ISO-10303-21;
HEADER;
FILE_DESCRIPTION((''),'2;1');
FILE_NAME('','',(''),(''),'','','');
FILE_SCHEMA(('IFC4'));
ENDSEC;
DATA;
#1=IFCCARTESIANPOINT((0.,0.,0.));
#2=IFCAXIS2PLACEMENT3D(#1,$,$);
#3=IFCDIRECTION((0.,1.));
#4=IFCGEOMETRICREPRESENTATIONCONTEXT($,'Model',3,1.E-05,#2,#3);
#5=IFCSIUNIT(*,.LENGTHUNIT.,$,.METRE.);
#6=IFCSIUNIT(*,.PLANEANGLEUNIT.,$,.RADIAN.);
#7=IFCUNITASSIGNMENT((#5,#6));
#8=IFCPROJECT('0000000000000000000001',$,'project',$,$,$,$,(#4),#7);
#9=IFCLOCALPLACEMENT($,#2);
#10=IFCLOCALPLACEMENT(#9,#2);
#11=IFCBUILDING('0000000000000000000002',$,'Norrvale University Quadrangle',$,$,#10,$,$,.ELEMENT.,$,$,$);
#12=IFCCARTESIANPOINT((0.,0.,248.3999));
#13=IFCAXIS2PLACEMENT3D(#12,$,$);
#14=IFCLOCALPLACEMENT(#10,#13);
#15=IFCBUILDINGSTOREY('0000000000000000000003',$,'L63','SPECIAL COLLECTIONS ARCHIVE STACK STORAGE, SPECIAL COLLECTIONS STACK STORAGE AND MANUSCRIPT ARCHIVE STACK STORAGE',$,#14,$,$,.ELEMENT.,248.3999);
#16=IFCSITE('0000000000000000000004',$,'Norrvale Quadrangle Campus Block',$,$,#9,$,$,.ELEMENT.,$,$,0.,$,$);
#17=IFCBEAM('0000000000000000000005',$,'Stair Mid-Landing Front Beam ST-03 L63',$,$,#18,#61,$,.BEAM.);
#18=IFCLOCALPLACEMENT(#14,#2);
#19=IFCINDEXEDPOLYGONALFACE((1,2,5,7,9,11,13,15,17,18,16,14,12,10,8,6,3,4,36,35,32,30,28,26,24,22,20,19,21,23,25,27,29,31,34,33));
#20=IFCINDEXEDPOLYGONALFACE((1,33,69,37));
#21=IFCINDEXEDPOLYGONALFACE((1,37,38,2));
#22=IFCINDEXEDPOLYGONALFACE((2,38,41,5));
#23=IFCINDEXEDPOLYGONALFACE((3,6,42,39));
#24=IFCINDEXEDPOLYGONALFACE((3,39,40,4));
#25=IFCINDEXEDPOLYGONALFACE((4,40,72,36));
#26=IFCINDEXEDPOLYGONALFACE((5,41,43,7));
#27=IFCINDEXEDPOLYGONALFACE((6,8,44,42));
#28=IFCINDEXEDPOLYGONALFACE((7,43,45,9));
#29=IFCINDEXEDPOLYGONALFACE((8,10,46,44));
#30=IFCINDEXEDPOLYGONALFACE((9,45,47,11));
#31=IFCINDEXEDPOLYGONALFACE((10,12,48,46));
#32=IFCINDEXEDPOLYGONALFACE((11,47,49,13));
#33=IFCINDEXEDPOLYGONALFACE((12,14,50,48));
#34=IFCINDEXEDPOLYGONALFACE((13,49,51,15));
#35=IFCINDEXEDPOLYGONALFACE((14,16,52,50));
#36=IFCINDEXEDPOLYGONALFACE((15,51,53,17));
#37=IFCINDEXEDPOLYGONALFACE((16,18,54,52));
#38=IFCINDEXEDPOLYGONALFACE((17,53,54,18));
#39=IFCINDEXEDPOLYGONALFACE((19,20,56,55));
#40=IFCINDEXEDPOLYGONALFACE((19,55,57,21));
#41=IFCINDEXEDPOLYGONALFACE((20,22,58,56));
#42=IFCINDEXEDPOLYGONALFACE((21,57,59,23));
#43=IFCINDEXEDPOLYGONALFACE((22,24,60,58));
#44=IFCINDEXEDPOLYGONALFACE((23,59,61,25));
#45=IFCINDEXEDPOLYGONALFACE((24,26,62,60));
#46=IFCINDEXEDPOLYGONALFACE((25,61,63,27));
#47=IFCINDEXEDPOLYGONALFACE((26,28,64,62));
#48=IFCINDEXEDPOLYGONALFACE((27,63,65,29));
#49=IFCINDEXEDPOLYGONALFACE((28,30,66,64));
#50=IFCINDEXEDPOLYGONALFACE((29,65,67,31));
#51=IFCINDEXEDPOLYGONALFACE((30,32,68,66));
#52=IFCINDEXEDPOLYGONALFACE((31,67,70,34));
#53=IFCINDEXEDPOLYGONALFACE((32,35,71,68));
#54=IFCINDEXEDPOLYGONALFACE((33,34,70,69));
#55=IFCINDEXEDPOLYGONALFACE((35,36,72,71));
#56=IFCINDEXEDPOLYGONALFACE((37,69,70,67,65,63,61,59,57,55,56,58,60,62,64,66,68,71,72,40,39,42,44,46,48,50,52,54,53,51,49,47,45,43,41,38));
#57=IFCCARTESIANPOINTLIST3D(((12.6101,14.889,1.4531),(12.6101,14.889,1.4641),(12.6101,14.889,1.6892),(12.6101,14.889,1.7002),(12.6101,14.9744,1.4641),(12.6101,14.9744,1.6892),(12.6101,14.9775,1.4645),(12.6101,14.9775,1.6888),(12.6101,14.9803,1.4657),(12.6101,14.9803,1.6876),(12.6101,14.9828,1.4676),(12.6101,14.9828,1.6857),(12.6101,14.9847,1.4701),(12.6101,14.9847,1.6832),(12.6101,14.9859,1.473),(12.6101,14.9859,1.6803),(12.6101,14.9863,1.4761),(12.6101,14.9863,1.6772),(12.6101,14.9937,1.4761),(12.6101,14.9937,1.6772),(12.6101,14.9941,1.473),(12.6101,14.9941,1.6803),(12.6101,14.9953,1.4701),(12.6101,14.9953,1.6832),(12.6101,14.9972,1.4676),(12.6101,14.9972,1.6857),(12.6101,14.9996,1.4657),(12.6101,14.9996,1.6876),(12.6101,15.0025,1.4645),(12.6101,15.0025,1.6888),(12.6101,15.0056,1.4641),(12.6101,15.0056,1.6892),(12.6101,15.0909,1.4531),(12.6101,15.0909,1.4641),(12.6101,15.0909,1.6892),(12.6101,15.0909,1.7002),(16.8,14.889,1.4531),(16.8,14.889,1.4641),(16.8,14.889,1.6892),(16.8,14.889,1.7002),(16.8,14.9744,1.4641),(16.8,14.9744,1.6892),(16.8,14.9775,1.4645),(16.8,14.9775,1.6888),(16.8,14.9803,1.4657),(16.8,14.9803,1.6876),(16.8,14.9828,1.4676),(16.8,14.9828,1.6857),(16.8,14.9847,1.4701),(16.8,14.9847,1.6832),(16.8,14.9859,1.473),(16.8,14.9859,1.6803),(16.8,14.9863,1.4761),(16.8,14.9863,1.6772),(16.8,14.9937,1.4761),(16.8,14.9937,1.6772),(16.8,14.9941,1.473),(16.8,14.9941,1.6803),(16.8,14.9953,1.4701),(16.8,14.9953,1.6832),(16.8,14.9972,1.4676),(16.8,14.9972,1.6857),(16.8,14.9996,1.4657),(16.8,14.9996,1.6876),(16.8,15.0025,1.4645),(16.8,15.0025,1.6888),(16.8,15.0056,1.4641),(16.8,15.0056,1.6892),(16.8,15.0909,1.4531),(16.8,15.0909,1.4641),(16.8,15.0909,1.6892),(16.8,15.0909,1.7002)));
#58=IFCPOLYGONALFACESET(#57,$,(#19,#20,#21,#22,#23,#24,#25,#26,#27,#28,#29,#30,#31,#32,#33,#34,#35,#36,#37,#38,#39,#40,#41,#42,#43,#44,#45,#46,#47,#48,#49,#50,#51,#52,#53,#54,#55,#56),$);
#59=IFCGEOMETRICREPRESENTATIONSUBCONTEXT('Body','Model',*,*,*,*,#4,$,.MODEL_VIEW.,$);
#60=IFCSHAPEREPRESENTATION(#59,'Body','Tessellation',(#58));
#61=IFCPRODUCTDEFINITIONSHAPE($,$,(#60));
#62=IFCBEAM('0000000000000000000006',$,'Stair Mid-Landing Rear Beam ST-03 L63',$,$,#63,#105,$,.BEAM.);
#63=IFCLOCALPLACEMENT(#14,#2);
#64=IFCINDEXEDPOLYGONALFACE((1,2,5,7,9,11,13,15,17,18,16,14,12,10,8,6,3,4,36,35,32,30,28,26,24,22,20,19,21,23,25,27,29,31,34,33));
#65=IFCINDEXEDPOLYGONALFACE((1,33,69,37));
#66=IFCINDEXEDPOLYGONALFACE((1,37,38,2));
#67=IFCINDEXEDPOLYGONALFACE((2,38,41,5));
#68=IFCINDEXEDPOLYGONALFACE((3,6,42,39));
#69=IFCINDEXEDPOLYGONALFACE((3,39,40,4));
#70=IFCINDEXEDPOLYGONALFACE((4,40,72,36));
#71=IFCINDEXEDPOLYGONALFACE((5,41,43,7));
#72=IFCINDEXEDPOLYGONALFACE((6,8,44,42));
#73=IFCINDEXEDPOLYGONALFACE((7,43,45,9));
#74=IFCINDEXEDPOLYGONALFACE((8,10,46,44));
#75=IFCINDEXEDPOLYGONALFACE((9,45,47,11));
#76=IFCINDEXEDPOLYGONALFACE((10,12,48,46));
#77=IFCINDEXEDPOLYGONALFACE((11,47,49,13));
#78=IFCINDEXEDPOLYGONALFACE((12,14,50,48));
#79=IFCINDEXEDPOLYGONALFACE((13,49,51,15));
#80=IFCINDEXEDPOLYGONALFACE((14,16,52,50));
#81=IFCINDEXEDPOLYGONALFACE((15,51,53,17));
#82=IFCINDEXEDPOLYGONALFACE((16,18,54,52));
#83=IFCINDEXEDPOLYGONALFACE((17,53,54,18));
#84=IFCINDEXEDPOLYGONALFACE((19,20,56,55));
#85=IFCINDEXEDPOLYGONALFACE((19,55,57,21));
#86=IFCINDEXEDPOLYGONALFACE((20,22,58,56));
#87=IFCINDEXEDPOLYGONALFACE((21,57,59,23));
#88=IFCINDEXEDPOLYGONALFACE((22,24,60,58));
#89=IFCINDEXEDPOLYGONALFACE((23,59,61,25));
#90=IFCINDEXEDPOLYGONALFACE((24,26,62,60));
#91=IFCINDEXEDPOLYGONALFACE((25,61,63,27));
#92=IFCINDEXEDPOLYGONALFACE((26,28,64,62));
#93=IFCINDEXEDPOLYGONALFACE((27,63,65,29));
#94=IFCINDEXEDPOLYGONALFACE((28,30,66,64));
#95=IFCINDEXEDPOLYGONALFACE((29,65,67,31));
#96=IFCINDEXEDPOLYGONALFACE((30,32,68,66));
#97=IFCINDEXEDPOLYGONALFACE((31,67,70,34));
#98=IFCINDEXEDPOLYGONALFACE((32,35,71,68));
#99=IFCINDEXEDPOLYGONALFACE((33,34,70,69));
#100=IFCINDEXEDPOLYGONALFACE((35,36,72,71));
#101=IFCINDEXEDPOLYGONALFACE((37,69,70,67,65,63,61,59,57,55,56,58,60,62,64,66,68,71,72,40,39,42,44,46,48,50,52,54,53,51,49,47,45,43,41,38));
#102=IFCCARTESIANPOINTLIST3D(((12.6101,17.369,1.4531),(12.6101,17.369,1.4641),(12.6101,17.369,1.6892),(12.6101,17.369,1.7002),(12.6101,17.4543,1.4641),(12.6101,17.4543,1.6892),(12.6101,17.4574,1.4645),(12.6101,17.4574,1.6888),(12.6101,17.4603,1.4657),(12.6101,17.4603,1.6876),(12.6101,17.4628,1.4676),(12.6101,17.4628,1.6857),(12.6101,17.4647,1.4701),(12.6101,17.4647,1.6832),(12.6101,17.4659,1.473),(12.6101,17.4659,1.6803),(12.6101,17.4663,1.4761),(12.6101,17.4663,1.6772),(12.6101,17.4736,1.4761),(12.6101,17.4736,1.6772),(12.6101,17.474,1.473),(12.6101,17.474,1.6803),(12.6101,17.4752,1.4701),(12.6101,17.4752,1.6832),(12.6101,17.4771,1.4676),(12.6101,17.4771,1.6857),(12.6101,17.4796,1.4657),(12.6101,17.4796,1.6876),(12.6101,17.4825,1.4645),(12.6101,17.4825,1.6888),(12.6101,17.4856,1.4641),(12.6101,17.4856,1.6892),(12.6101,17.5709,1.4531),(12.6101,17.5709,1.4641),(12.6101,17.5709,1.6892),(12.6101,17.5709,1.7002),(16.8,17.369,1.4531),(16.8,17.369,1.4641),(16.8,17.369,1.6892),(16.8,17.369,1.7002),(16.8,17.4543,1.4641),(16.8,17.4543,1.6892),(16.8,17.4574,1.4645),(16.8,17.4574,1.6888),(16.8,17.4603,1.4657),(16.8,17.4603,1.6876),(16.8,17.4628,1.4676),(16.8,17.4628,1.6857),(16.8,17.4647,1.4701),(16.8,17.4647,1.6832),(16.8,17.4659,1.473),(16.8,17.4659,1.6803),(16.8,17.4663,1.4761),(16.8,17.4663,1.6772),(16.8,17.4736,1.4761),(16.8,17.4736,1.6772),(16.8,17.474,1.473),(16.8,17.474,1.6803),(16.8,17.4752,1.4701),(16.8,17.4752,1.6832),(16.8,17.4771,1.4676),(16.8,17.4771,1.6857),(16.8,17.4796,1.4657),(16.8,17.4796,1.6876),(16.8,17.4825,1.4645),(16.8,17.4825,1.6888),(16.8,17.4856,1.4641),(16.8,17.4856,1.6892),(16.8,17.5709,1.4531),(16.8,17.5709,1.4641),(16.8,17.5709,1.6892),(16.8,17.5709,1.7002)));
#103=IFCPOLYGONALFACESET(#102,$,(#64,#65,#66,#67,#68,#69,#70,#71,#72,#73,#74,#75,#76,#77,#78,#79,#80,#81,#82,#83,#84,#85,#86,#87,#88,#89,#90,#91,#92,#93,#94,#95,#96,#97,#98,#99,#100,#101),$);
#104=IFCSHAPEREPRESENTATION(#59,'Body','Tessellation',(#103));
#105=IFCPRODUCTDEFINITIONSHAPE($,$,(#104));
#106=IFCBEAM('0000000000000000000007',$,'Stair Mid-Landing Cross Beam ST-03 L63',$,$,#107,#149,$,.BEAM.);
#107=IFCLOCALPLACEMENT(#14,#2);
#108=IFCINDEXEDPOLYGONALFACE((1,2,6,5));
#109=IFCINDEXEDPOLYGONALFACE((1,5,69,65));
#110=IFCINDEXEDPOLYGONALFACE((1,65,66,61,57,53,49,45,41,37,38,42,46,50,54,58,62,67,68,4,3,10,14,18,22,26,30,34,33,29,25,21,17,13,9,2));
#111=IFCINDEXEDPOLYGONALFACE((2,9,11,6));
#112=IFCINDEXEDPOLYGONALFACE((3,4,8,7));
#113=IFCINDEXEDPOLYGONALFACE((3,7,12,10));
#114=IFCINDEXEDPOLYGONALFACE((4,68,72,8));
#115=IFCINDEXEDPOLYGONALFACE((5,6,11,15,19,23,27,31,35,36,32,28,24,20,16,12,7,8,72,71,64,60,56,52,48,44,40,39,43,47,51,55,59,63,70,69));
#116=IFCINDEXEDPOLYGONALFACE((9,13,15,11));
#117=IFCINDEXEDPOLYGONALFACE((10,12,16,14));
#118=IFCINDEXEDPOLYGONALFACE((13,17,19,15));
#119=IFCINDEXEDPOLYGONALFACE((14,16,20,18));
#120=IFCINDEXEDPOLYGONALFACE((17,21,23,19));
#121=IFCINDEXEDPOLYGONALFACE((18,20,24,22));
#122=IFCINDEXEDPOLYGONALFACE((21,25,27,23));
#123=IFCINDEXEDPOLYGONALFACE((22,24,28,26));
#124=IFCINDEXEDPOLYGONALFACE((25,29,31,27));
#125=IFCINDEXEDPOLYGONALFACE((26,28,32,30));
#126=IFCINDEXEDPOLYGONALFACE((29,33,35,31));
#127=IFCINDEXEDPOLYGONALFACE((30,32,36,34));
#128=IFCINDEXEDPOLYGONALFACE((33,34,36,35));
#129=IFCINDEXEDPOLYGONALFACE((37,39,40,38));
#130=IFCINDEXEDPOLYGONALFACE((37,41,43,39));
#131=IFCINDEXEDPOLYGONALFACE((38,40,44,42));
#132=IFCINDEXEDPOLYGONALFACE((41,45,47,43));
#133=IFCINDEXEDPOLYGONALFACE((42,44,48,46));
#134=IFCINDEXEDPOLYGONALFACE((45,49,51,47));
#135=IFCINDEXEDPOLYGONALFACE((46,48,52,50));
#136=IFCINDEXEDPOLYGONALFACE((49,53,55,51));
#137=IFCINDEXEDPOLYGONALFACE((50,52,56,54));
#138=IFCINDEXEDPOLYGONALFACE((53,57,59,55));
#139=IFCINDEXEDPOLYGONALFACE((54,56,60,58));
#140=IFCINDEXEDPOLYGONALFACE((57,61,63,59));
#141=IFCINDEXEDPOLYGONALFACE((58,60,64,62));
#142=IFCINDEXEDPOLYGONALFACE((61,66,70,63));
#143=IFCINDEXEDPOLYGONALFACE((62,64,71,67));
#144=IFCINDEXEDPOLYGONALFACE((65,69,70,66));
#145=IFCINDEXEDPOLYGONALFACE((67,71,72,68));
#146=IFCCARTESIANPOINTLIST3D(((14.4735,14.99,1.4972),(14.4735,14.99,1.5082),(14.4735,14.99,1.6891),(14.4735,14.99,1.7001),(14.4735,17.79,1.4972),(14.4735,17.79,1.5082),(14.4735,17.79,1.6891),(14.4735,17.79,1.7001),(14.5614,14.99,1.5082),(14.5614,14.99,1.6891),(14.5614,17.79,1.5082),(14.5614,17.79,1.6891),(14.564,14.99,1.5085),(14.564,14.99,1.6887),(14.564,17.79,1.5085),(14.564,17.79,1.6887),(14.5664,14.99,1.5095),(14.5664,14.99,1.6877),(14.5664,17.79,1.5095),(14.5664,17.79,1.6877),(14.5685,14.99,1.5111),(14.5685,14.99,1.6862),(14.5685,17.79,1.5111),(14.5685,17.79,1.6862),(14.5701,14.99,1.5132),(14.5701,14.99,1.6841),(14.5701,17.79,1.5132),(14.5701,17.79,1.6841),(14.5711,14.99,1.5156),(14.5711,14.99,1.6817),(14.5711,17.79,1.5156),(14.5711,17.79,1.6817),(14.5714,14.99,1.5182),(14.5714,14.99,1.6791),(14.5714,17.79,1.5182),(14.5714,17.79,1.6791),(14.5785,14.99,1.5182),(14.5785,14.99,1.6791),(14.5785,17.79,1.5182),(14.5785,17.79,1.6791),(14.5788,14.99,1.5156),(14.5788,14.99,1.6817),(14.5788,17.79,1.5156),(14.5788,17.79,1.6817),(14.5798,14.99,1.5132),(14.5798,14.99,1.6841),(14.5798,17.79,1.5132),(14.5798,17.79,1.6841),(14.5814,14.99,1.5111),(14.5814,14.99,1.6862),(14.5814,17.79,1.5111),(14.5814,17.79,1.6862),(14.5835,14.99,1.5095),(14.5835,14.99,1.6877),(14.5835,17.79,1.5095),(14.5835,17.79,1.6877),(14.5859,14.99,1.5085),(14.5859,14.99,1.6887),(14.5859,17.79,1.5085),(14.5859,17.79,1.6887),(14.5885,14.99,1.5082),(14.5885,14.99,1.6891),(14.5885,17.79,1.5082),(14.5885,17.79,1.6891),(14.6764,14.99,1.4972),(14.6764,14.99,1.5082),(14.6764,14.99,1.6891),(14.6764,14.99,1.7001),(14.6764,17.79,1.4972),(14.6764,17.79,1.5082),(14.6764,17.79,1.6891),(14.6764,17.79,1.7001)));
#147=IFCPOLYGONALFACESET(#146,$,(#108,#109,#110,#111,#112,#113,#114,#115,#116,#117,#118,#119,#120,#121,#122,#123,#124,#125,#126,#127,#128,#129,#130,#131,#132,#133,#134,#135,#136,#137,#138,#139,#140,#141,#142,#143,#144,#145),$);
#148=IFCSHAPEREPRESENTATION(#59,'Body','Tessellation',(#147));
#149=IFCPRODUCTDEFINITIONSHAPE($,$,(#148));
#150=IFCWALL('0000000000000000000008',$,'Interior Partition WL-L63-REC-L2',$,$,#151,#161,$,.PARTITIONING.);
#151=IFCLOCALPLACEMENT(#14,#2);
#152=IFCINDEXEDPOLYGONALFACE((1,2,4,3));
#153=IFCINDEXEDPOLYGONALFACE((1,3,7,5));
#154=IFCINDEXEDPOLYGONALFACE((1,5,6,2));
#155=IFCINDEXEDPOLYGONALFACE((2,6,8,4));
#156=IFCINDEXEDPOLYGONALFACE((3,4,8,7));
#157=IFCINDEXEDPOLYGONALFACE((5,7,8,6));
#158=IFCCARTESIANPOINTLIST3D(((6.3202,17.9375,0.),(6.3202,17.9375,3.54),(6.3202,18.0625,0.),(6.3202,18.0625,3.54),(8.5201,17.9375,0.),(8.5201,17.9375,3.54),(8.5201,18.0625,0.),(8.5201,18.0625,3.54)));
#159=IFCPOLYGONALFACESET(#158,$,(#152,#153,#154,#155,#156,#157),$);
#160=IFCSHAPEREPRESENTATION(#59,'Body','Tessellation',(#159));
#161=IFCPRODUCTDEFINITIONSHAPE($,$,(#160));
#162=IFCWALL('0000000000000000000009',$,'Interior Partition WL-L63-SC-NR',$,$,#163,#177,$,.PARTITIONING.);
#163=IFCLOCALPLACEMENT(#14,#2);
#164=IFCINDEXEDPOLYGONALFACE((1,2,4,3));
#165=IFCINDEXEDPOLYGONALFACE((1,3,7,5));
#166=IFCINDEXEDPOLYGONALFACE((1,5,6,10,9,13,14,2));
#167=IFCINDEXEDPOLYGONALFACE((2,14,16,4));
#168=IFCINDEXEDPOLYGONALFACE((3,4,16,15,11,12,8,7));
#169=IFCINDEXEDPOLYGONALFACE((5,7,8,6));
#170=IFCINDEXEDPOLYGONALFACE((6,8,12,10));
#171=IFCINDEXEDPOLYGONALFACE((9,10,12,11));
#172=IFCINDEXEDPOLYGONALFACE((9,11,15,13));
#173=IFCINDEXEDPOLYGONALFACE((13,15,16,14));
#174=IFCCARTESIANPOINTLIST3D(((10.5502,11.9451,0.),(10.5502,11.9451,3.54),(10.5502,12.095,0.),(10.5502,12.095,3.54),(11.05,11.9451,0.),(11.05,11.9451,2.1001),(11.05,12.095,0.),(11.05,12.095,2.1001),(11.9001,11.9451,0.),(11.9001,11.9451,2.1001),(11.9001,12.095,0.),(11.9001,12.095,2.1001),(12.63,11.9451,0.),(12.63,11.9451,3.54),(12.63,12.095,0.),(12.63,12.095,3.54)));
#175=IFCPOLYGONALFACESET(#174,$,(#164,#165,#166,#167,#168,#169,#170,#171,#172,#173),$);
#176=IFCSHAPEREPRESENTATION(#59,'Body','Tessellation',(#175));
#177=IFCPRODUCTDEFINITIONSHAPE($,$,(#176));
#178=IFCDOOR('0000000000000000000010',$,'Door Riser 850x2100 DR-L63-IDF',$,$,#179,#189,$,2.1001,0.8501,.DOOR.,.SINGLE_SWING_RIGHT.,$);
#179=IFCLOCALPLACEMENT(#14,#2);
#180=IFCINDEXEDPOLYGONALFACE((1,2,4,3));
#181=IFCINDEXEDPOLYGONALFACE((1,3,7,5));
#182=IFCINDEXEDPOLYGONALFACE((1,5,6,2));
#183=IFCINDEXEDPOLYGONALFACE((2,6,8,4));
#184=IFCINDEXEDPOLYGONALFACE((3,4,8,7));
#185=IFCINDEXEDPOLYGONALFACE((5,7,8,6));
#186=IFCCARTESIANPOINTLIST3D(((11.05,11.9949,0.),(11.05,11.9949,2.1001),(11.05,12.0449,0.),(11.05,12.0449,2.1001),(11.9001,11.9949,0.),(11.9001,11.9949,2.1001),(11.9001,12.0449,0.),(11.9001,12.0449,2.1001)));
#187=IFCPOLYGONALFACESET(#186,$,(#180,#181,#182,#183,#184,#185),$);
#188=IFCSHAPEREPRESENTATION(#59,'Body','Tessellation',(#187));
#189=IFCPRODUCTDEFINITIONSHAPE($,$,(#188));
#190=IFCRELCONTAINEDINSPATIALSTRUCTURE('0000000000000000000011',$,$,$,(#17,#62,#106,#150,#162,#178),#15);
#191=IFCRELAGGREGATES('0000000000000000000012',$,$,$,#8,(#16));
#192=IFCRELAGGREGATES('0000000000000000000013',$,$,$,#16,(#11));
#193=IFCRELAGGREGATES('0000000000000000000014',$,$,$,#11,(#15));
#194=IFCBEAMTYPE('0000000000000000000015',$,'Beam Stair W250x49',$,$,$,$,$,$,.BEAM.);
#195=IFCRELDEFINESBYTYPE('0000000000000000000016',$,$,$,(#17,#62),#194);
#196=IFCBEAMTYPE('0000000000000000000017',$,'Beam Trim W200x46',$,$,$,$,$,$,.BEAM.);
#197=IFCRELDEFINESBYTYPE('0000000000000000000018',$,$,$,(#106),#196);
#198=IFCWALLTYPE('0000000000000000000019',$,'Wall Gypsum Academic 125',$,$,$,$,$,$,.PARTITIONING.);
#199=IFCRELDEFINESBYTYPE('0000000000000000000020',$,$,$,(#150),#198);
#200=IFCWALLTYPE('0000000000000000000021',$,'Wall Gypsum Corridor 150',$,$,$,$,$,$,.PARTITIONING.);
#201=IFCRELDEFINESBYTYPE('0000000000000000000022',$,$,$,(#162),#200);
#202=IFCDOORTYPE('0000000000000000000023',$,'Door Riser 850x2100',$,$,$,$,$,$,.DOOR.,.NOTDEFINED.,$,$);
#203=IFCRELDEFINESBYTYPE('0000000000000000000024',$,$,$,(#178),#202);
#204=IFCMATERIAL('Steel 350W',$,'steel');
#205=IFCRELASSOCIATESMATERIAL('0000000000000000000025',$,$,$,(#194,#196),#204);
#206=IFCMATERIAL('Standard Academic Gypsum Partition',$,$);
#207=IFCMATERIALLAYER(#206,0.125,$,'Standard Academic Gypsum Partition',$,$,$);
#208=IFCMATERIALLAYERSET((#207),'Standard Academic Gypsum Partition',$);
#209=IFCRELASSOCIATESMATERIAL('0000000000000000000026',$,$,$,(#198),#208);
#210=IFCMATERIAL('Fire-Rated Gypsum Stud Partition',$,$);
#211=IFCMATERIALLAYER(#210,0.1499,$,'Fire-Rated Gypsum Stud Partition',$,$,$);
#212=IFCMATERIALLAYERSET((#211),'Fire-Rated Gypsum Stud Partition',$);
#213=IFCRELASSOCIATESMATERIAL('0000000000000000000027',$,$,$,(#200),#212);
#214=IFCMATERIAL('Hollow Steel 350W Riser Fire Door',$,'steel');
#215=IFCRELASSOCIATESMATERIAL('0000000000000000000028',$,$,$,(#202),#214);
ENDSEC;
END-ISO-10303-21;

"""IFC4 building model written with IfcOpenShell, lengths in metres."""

from ifc_helpers import new_model, si_unit, direction, frame, frame_2d, origin, origin_2d, place, context, subcontext, project, spatial, rectangle, i_section, extrude, material, layer, layer_set, material_profile, profile_set, type_object, element, fill, save


model = new_model("IFC4")

# Units and contexts
model_context = context("Model", 3, precision=1e-05, world=origin(), true_north=direction((0.0, 1.0)))
body_context = subcontext(model_context, "Body", "Model", "MODEL_VIEW")
ifc_project = project(units=[si_unit("LENGTHUNIT", "METRE"), si_unit("PLANEANGLEUNIT", "RADIAN")], contexts=[model_context])

# Site, building, storey
site_placement = place(None, origin())
site = spatial("IfcSite", under=ifc_project, at=site_placement, Name="Norrvale Quadrangle Campus Block", CompositionType="ELEMENT", RefElevation=0.0)
building_placement = place(site_placement, origin())
building = spatial("IfcBuilding", under=site, at=building_placement, Name="Norrvale University Quadrangle", CompositionType="ELEMENT")
storey_placement = place(building_placement, frame((0.0, 0.0, 248.3999)))
storey = spatial("IfcBuildingStorey", under=building, at=storey_placement, Name="L63", Description="SPECIAL COLLECTIONS ARCHIVE STACK STORAGE, SPECIAL COLLECTIONS STACK STORAGE AND MANUSCRIPT ARCHIVE STACK STORAGE", CompositionType="ELEMENT", Elevation=248.3999)

# Beams
ifc_material_1 = material(Name="Steel 350W", Category="steel")
ifc_material_profile_1 = material_profile(ifc_material_1, i_section(OverallWidth=0.2019, OverallDepth=0.2471, WebThickness=0.0073, FlangeThickness=0.011, FilletRadius=0.012, at=origin_2d()), Name="Steel 350W")
ifc_profile_set_1 = profile_set([ifc_material_profile_1], Name="Steel 350W")
beam_type_1 = type_object("IfcBeamType", Name="Beam Stair W250x49", PredefinedType="BEAM", material=ifc_profile_set_1)
for number, where, z_axis, x_axis, name in (
    (1, (12.6101, 14.99, 1.5767), (1.0, 0.0, 0.0), (0.0, 1.0, 0.0), "Stair Mid-Landing Front Beam ST-03 L63"),
    (2, (12.6101, 17.47, 1.5767), (1.0, 0.0, 0.0), (0.0, 1.0, 0.0), "Stair Mid-Landing Rear Beam ST-03 L63"),
):
    element("IfcBeam", number, at=place(storey_placement, frame(where, z_axis=z_axis, x_axis=x_axis)), inside=storey, type_object=beam_type_1, Name=name, PredefinedType="BEAM", context=body_context, shape_type="SweptSolid", body=[
        extrude(i_section(OverallWidth=0.2019, OverallDepth=0.2471, WebThickness=0.0073, FlangeThickness=0.011, FilletRadius=0.012, at=origin_2d()), origin(), (0.0, 0.0, 1.0), 4.1899),
    ])
ifc_material_profile_2 = material_profile(ifc_material_1, i_section(OverallWidth=0.2029, OverallDepth=0.2029, WebThickness=0.0071, FlangeThickness=0.011, FilletRadius=0.01, at=origin_2d()), Name="Steel 350W")
ifc_profile_set_2 = profile_set([ifc_material_profile_2], Name="Steel 350W")
beam_type_2 = type_object("IfcBeamType", Name="Beam Trim W200x46", PredefinedType="BEAM", material=ifc_profile_set_2)
beam_placement = place(storey_placement, frame((14.575, 14.99, 1.5986), z_axis=(0.0, 1.0, 0.0), x_axis=(-1.0, 0.0, 0.0)))
element("IfcBeam", 3, at=beam_placement, inside=storey, type_object=beam_type_2, Name="Stair Mid-Landing Cross Beam ST-03 L63", PredefinedType="BEAM", context=body_context, shape_type="SweptSolid", body=[
    extrude(i_section(OverallWidth=0.2029, OverallDepth=0.2029, WebThickness=0.0071, FlangeThickness=0.011, FilletRadius=0.01, at=origin_2d()), origin(), (0.0, 0.0, 1.0), 2.8),
])

# Wall
ifc_material_2 = material(Name="Standard Academic Gypsum Partition")
ifc_layer_1 = layer(ifc_material_2, 0.125, Name="Standard Academic Gypsum Partition")
ifc_layer_set_1 = layer_set([ifc_layer_1], Name="Standard Academic Gypsum Partition")
wall_type_1 = type_object("IfcWallType", Name="Wall Gypsum Academic 125", PredefinedType="PARTITIONING", material=ifc_layer_set_1)
wall_1_placement = place(storey_placement, frame((6.3201, 18.0, 0.0), z_axis=(0.0, 0.0, 1.0), x_axis=(1.0, 0.0, 0.0)))
element("IfcWall", 4, at=wall_1_placement, inside=storey, type_object=wall_type_1, Name="Interior Partition WL-L63-REC-L2", PredefinedType="PARTITIONING", context=body_context, shape_type="SweptSolid", body=[
    extrude(rectangle(XDim=2.2, YDim=0.125, at=frame_2d((1.1001, 0.0))), origin(), (0.0, 0.0, 1.0), 3.54),
])

# Wall, opening, door
ifc_material_3 = material(Name="Fire-Rated Gypsum Stud Partition")
ifc_layer_2 = layer(ifc_material_3, 0.1499, Name="Fire-Rated Gypsum Stud Partition")
ifc_layer_set_2 = layer_set([ifc_layer_2], Name="Fire-Rated Gypsum Stud Partition")
wall_type_2 = type_object("IfcWallType", Name="Wall Gypsum Corridor 150", PredefinedType="PARTITIONING", material=ifc_layer_set_2)
wall_2_placement = place(storey_placement, frame((10.55, 12.02, 0.0), z_axis=(0.0, 0.0, 1.0), x_axis=(1.0, 0.0, 0.0)))
wall_2 = element("IfcWall", 5, at=wall_2_placement, inside=storey, type_object=wall_type_2, Name="Interior Partition WL-L63-SC-NR", PredefinedType="PARTITIONING", context=body_context, shape_type="SweptSolid", body=[
    extrude(rectangle(XDim=2.0798, YDim=0.1499, at=frame_2d((1.04, 0.0))), origin(), (0.0, 0.0, 1.0), 3.54),
])
opening_1_placement = place(wall_2_placement, frame((0.5, 0.0, 0.0)))
opening_1 = element("IfcOpeningElement", 6, at=opening_1_placement, cuts=wall_2, PredefinedType="OPENING", context=body_context, shape_type="SweptSolid", body=[
    extrude(rectangle(XDim=0.8501, YDim=2.1001, at=frame_2d((0.425, 1.05))), frame((0.0, 0.0869, 0.0), z_axis=(0.0, -1.0, 0.0), x_axis=(1.0, 0.0, 0.0)), (0.0, 0.0, 1.0), 0.1738),
])
ifc_material_4 = material(Name="Hollow Steel 350W Riser Fire Door", Category="steel")
door_type_1 = type_object("IfcDoorType", Name="Door Riser 850x2100", OperationType="NOTDEFINED", PredefinedType="DOOR", material=ifc_material_4)
door_1_placement = place(opening_1_placement, origin())
door_1 = element("IfcDoor", 7, at=door_1_placement, inside=storey, type_object=door_type_1, Name="Door Riser 850x2100 DR-L63-IDF", OperationType="SINGLE_SWING_RIGHT", OverallHeight=2.1001, OverallWidth=0.8501, PredefinedType="DOOR", context=body_context, shape_type="SweptSolid", body=[
    extrude(rectangle(XDim=0.8501, YDim=2.1001, at=frame_2d((0.425, 1.05))), frame((0.0, 0.0249, 0.0), z_axis=(0.0, -1.0, 0.0), x_axis=(1.0, 0.0, 0.0)), (0.0, 0.0, 1.0), 0.05),
])
fill(opening_1, door_1)

save(model, "model.ifc")
